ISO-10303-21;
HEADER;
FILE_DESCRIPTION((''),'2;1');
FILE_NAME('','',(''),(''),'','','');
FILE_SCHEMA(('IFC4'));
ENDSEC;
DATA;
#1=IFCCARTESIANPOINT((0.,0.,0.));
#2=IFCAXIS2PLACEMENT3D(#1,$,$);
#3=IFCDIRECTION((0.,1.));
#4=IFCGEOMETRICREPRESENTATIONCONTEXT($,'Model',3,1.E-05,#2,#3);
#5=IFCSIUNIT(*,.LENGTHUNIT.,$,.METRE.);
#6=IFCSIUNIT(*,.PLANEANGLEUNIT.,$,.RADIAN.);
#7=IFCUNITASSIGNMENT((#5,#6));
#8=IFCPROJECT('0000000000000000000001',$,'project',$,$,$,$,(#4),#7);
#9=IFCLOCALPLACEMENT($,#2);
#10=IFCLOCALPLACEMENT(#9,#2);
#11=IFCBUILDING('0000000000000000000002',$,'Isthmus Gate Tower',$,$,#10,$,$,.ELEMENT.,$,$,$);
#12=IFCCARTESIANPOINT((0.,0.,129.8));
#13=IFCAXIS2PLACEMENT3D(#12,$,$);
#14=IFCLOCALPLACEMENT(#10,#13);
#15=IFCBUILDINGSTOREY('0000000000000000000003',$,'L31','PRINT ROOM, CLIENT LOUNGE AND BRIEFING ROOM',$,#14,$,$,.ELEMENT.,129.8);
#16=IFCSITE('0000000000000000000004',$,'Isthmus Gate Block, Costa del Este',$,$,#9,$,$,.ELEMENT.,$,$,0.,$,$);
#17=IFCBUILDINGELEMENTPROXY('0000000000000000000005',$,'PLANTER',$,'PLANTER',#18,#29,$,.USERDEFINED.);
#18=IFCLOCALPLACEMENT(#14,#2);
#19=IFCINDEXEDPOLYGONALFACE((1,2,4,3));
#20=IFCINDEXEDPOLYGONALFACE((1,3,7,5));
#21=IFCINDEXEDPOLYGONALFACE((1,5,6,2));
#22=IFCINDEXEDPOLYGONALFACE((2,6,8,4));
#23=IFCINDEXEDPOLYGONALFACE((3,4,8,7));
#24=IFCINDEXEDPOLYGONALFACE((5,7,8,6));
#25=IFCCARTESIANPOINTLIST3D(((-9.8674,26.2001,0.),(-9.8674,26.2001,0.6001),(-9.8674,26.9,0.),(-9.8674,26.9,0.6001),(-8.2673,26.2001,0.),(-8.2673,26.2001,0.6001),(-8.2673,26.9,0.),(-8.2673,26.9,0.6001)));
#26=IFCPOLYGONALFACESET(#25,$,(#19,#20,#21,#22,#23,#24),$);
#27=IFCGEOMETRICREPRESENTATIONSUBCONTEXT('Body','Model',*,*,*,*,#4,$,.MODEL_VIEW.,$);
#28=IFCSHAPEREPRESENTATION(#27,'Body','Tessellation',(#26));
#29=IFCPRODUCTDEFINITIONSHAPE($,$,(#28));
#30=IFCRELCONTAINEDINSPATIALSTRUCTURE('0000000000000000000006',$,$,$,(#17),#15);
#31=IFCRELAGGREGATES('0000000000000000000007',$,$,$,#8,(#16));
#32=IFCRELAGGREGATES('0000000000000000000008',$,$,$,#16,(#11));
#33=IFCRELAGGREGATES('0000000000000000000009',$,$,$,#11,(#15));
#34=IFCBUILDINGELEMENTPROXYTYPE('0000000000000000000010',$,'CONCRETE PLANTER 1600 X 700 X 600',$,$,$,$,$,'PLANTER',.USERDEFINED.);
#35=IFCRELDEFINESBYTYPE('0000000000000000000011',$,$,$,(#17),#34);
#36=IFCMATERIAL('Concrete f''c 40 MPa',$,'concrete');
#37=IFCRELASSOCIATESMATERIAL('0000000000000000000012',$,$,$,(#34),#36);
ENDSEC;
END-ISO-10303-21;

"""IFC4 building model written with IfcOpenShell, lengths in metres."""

from ifc_helpers import new_model, si_unit, direction, frame, origin, origin_2d, place, context, subcontext, project, spatial, rectangle, extrude, material, type_object, element, save


model = new_model("IFC4")

# Units and contexts
model_context = context("Model", 3, precision=1e-05, world=origin(), true_north=direction((0.0, 1.0)))
body_context = subcontext(model_context, "Body", "Model", "MODEL_VIEW")
ifc_project = project(units=[si_unit("LENGTHUNIT", "METRE"), si_unit("PLANEANGLEUNIT", "RADIAN")], contexts=[model_context])

# Site, building, storey
site_placement = place(None, origin())
site = spatial("IfcSite", under=ifc_project, at=site_placement, Name="Isthmus Gate Block, Costa del Este", CompositionType="ELEMENT", RefElevation=0.0)
building_placement = place(site_placement, origin())
building = spatial("IfcBuilding", under=site, at=building_placement, Name="Isthmus Gate Tower", CompositionType="ELEMENT")
storey_placement = place(building_placement, frame((0.0, 0.0, 129.8)))
storey = spatial("IfcBuildingStorey", under=building, at=storey_placement, Name="L31", Description="PRINT ROOM, CLIENT LOUNGE AND BRIEFING ROOM", CompositionType="ELEMENT", Elevation=129.8)

# Building element proxy
ifc_material_1 = material(Name="Concrete f'c 40 MPa", Category="concrete")
building_element_proxy_type = type_object("IfcBuildingElementProxyType", Name="CONCRETE PLANTER 1600 X 700 X 600", ElementType="PLANTER", PredefinedType="USERDEFINED", material=ifc_material_1)
for number, where, z_axis, x_axis, name in (
    (1, (-9.0674, 26.55, 0.0), (0.0, 0.0, 1.0), (-1.0, 0.0, 0.0), "PLANTER"),
):
    element("IfcBuildingElementProxy", number, at=place(storey_placement, frame(where, z_axis=z_axis, x_axis=x_axis)), inside=storey, type_object=building_element_proxy_type, Name=name, ObjectType="PLANTER", PredefinedType="USERDEFINED", context=body_context, shape_type="SweptSolid", body=[
        extrude(rectangle(XDim=1.6001, YDim=0.7, at=origin_2d()), origin(), (0.0, 0.0, 1.0), 0.6001),
    ])

save(model, "model.ifc")
